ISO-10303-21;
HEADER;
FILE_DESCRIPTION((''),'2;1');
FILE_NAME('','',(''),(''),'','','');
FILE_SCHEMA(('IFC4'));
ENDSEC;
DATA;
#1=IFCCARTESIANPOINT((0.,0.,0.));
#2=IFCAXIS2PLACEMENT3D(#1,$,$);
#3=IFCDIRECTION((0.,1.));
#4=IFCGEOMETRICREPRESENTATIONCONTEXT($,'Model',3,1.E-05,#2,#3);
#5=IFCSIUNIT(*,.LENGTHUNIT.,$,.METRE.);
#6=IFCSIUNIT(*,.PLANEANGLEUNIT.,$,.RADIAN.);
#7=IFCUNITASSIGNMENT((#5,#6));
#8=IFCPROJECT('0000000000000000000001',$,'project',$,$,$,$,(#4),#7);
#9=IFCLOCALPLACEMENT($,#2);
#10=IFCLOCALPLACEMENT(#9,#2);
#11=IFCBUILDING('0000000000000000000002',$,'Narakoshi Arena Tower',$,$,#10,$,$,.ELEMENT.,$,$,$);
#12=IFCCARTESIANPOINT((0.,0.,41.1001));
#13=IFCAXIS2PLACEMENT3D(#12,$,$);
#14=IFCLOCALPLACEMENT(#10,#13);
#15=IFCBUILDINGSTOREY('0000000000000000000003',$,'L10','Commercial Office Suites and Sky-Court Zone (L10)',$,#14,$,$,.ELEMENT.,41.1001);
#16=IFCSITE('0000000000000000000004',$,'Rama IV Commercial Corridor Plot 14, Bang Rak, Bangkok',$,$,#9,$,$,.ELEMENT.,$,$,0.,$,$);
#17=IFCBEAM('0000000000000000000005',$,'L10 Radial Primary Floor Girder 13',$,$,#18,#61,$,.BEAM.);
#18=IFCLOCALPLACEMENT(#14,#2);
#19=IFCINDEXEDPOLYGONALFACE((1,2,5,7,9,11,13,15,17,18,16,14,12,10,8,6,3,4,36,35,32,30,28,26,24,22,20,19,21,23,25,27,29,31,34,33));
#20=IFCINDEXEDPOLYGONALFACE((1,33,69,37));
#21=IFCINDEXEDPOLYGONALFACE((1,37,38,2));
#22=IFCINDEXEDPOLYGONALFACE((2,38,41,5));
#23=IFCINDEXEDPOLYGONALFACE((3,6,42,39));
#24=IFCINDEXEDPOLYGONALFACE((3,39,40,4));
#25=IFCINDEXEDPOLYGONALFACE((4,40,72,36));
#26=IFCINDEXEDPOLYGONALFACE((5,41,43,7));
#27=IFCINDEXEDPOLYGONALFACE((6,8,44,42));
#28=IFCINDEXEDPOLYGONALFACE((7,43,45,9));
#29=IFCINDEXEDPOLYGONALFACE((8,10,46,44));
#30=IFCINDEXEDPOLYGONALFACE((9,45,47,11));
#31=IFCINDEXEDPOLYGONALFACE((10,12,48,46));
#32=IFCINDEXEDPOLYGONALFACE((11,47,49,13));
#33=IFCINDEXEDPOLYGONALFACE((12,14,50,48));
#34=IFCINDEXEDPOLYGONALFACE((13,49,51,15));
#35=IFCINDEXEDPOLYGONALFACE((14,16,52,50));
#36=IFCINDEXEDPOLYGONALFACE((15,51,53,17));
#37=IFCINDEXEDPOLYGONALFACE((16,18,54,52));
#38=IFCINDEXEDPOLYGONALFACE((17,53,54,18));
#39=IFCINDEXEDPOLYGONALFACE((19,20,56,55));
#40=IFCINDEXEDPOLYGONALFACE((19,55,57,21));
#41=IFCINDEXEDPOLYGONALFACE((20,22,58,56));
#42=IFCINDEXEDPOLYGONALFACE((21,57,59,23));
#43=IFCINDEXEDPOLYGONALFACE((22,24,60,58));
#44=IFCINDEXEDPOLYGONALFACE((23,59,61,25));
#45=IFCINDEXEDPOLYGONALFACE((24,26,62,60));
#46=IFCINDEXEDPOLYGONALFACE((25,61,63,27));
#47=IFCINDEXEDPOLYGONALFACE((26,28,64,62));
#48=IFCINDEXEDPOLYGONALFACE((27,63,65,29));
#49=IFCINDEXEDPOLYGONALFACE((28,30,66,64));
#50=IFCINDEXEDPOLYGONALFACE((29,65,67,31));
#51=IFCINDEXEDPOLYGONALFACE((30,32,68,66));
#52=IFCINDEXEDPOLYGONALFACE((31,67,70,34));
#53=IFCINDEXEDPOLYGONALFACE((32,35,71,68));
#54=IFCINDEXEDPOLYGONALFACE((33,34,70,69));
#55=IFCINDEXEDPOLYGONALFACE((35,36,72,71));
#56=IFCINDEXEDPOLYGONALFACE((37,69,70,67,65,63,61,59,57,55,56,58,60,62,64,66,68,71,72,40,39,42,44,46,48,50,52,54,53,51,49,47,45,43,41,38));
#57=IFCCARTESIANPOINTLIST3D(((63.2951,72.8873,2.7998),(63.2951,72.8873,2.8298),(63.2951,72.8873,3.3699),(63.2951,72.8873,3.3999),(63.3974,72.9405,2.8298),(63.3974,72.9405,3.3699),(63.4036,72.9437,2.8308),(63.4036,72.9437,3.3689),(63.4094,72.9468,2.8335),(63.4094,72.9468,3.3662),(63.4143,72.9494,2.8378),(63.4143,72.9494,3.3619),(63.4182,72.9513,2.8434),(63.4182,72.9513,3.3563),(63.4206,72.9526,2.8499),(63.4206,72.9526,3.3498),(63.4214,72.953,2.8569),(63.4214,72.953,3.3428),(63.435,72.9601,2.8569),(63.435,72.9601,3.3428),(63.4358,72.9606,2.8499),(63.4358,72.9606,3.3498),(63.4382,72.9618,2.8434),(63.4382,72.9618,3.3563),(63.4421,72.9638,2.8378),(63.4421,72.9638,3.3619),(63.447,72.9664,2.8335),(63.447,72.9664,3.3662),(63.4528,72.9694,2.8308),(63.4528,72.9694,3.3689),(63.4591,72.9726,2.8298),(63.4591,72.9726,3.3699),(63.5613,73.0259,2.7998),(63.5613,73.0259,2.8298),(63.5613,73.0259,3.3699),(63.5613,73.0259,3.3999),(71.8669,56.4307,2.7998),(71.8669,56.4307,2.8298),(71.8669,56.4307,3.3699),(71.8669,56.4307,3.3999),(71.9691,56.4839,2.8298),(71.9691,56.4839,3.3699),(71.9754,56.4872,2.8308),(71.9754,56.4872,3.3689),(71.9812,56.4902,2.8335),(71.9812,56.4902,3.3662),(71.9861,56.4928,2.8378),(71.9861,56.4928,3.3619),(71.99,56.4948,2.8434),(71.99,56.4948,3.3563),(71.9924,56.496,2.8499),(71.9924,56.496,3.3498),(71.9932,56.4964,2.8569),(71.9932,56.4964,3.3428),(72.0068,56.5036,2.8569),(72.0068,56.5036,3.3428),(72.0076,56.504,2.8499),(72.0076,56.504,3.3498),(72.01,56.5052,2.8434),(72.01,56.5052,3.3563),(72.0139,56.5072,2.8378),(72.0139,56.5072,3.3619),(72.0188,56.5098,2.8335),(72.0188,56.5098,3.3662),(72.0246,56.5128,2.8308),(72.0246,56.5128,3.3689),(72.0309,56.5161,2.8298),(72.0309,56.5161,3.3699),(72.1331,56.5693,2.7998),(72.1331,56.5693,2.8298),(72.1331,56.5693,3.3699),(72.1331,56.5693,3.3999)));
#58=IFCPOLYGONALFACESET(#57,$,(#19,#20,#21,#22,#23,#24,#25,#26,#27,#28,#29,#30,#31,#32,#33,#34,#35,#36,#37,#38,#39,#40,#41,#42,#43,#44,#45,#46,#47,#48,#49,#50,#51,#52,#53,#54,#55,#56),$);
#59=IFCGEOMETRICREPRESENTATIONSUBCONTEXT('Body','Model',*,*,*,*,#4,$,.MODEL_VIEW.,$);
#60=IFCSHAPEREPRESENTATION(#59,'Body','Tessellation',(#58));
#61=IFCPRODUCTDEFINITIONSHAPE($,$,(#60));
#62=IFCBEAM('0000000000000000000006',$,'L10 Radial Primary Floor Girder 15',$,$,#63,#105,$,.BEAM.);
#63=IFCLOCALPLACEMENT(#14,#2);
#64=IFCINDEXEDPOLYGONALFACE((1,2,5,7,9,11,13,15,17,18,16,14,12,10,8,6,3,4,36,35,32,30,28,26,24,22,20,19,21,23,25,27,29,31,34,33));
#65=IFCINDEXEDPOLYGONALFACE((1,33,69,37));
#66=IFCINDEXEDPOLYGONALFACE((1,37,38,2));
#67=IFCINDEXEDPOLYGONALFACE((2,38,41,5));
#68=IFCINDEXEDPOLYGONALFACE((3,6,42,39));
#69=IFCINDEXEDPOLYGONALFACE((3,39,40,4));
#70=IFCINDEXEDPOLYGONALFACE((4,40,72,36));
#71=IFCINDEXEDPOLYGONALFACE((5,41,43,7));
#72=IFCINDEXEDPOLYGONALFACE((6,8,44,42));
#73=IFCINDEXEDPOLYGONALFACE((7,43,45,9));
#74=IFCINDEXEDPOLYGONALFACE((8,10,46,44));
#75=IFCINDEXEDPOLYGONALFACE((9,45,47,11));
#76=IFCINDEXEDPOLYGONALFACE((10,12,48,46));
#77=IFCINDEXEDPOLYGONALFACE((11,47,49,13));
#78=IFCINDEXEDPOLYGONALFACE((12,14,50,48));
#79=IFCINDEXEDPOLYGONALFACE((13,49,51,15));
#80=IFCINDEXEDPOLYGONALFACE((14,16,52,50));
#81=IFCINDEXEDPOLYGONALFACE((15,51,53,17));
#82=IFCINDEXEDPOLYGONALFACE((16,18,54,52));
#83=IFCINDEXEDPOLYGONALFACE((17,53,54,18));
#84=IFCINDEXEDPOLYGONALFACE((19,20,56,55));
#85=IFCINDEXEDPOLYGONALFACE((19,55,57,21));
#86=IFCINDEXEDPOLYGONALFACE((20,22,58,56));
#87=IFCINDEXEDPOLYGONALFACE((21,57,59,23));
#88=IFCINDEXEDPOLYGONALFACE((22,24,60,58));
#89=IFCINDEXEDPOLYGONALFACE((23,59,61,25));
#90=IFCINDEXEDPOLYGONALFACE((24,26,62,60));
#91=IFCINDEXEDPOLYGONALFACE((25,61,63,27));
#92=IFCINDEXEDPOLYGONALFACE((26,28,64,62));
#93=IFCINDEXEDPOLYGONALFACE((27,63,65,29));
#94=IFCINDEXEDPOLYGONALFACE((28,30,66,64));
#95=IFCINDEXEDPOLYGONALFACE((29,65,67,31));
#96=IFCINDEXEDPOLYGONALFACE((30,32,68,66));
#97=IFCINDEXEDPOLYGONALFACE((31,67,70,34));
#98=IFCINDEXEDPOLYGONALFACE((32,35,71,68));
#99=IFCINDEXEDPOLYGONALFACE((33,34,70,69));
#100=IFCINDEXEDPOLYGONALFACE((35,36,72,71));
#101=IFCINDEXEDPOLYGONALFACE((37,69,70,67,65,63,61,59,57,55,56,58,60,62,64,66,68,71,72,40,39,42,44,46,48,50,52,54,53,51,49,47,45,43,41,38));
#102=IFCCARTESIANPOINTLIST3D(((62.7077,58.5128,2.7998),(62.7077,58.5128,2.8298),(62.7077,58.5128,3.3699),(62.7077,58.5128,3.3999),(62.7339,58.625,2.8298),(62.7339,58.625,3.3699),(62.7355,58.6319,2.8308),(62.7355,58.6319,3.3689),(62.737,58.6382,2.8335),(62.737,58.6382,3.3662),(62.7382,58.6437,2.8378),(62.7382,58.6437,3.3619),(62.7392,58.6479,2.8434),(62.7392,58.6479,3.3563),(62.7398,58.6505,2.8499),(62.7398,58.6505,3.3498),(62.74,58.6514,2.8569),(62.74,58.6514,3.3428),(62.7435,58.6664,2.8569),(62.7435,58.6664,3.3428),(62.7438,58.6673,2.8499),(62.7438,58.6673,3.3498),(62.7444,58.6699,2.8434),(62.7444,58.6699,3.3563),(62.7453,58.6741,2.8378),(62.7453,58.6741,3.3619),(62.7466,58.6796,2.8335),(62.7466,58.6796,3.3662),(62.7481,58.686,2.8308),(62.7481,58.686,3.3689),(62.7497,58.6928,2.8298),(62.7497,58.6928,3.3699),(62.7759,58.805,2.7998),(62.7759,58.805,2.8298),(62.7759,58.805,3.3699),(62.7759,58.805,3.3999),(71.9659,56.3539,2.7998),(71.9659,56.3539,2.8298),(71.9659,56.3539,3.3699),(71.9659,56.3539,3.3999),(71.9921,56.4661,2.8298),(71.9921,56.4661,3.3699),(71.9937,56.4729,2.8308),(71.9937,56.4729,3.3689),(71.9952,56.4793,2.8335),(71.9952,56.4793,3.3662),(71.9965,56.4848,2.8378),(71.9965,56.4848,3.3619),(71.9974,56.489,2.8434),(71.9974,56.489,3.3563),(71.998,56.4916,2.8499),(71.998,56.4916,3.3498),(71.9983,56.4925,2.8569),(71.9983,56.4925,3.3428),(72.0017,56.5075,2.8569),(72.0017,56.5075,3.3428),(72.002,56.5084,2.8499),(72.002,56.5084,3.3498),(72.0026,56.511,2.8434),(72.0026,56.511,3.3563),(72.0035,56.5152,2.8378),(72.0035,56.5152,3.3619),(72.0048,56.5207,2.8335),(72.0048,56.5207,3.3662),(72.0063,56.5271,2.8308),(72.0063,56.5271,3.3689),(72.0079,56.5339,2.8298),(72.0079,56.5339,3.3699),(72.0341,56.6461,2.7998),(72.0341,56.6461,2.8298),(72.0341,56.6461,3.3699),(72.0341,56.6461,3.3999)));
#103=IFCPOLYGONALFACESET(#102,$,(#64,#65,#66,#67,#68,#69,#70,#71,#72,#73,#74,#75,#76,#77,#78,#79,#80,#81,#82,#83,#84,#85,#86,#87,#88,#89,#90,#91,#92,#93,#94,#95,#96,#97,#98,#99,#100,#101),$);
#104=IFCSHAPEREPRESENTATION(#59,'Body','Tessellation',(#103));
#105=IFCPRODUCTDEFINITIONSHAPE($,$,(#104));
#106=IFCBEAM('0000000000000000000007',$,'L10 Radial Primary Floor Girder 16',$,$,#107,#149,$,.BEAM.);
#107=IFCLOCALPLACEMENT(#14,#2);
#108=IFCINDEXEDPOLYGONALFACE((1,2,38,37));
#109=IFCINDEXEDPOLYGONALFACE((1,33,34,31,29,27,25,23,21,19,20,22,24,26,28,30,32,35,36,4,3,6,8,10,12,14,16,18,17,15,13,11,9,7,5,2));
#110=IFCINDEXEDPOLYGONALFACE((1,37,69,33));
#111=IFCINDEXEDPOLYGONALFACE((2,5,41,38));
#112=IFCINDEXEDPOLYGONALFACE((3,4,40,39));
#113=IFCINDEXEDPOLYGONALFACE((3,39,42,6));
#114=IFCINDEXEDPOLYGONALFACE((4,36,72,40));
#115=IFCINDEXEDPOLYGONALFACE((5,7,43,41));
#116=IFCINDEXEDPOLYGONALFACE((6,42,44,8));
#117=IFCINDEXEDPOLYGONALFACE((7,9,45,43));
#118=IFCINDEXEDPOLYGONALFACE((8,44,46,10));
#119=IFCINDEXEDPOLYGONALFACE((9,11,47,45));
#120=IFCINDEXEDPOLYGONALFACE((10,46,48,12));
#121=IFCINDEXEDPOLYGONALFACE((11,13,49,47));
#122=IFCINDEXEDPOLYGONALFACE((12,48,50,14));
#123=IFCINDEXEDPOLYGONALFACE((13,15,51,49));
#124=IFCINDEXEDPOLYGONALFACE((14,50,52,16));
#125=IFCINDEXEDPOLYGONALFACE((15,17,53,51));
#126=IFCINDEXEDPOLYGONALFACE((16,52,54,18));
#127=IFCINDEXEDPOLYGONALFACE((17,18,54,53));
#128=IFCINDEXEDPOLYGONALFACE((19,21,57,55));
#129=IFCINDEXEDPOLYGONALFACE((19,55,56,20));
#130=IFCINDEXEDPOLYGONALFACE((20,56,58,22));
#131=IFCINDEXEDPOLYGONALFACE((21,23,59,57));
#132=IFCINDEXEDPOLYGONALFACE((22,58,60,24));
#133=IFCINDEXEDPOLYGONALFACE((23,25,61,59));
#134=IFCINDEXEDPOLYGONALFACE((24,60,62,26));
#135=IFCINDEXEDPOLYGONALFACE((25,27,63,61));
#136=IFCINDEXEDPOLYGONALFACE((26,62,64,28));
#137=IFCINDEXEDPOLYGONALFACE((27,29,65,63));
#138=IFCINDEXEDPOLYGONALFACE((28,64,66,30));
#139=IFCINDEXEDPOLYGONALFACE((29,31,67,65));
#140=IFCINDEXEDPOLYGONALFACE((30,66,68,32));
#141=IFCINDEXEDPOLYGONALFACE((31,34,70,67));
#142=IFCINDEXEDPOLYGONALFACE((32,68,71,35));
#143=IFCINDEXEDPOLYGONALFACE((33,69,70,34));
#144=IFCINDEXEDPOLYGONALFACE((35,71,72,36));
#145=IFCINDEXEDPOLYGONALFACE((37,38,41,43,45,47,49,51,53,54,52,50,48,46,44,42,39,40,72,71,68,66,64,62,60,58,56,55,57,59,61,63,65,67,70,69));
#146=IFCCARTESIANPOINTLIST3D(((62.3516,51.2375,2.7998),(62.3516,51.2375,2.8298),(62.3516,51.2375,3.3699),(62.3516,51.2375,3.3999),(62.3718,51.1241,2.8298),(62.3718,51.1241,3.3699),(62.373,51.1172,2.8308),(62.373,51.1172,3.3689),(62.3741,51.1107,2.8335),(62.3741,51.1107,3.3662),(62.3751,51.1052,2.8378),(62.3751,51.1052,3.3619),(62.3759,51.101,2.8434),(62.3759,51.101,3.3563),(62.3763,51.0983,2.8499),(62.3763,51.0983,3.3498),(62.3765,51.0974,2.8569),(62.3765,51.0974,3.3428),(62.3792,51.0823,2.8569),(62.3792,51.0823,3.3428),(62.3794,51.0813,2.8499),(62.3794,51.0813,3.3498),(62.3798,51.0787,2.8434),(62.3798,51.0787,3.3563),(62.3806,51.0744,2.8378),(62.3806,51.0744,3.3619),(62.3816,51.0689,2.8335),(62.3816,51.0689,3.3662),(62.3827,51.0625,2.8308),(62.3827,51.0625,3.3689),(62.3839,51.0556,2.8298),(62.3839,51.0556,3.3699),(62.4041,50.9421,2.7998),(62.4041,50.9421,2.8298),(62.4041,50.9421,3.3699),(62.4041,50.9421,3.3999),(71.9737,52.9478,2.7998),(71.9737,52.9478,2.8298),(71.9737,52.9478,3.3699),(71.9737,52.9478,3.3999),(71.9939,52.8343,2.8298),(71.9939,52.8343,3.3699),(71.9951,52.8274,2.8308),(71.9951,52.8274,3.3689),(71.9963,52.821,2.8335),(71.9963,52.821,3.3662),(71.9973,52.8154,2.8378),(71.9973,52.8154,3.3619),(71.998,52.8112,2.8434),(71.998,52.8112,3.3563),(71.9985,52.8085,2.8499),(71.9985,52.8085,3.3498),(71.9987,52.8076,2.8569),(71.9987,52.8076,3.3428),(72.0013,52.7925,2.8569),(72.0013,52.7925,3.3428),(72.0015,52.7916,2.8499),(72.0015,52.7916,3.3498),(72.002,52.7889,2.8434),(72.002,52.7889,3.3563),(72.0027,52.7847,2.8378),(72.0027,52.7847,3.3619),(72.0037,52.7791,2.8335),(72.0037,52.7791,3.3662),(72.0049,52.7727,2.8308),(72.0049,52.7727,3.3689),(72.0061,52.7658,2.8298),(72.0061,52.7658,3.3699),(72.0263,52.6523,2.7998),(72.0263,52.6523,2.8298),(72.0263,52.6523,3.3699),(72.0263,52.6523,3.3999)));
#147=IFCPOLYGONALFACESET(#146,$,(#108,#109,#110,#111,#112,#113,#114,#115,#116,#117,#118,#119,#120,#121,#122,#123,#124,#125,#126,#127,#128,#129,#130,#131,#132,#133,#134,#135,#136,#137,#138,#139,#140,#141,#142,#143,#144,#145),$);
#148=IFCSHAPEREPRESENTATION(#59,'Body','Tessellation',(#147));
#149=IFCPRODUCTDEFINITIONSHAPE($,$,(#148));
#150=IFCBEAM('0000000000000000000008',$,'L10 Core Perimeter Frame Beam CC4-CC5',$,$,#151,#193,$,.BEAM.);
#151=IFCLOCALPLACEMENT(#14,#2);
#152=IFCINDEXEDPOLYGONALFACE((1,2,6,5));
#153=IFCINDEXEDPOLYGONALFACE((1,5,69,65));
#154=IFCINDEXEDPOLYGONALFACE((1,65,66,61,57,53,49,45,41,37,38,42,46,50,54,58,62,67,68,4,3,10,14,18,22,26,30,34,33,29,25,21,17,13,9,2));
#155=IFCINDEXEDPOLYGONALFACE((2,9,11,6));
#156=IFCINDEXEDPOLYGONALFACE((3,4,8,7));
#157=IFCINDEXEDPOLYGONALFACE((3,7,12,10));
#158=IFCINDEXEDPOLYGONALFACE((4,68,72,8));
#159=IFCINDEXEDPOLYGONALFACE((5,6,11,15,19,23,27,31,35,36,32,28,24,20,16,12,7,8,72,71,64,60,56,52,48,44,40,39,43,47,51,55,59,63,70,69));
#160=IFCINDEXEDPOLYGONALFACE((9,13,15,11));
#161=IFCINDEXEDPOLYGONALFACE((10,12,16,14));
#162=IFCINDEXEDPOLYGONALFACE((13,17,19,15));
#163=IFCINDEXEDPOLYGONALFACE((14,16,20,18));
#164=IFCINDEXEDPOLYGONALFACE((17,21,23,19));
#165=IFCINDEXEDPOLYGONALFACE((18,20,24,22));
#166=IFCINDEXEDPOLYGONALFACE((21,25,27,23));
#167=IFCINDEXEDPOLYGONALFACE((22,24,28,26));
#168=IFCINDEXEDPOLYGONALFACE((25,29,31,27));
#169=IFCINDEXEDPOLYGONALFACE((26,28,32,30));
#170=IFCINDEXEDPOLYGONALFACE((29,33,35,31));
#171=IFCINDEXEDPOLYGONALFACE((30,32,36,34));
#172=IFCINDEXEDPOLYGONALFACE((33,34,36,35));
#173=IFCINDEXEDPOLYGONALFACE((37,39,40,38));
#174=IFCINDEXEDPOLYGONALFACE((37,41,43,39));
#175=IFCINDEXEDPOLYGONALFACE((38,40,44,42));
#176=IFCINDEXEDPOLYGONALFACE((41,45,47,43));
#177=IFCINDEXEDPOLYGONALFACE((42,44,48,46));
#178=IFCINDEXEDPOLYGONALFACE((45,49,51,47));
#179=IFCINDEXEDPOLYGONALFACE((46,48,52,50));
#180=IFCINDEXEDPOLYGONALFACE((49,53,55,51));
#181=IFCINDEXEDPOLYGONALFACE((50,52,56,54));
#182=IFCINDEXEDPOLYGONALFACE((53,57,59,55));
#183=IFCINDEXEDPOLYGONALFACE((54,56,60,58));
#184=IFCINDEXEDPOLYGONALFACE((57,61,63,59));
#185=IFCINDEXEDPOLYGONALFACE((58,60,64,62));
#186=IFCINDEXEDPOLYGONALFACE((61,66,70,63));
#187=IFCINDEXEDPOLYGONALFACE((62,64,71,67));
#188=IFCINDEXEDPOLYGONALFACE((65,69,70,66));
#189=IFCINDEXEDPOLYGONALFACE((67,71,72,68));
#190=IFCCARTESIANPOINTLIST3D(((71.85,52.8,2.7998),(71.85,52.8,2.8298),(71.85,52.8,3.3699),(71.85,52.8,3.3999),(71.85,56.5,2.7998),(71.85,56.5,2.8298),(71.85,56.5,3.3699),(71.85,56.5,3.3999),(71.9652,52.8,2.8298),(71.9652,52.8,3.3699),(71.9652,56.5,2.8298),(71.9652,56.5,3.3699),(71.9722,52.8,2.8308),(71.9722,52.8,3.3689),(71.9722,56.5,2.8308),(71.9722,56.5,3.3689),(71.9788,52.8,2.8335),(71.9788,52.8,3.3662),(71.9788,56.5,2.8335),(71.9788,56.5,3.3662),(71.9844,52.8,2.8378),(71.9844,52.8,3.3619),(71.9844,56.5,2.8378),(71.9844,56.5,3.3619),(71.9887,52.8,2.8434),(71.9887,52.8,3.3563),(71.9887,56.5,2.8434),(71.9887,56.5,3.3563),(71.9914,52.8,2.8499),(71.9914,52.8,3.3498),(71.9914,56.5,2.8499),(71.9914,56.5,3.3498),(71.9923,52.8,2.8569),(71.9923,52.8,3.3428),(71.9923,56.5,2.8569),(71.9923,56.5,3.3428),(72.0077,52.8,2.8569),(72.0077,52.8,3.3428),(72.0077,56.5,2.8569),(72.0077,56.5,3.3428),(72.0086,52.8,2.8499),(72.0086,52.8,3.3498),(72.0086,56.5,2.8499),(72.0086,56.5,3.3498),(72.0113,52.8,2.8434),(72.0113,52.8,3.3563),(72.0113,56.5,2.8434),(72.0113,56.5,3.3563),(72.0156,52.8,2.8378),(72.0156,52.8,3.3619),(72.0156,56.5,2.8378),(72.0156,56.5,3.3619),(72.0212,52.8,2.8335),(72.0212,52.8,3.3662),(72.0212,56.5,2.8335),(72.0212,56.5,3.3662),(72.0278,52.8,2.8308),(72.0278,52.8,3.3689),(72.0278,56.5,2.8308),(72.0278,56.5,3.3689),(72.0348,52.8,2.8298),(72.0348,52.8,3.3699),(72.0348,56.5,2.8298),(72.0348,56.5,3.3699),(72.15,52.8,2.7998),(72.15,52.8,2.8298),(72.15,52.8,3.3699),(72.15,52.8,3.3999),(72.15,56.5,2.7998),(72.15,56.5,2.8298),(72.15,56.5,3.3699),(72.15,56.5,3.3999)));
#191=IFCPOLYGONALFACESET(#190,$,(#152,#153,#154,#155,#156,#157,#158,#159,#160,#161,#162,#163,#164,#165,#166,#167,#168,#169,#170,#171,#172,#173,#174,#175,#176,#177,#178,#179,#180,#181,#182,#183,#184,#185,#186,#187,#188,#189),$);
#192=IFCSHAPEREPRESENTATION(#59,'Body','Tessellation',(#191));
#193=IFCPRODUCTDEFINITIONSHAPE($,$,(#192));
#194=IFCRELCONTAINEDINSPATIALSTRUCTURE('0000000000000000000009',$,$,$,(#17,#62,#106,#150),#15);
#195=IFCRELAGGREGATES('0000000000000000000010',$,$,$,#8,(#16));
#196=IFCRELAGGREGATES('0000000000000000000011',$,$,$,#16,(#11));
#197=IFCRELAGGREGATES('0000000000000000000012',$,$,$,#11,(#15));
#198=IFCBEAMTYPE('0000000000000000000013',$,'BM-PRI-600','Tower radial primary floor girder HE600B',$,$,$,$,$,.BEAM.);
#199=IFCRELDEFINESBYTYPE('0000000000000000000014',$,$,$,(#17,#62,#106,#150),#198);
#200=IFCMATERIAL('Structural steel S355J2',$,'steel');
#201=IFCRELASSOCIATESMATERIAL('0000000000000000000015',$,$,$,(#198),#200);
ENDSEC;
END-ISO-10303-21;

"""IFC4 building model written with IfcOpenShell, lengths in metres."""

from ifc_helpers import new_model, si_unit, direction, frame, origin, origin_2d, place, context, subcontext, project, spatial, i_section, extrude, material, material_profile, profile_set, type_object, element, save


model = new_model("IFC4")

# Units and contexts
model_context = context("Model", 3, precision=1e-05, world=origin(), true_north=direction((0.0, 1.0)))
body_context = subcontext(model_context, "Body", "Model", "MODEL_VIEW")
ifc_project = project(units=[si_unit("LENGTHUNIT", "METRE"), si_unit("PLANEANGLEUNIT", "RADIAN")], contexts=[model_context])

# Site, building, storey
site_placement = place(None, origin())
site = spatial("IfcSite", under=ifc_project, at=site_placement, Name="Rama IV Commercial Corridor Plot 14, Bang Rak, Bangkok", CompositionType="ELEMENT", RefElevation=0.0)
building_placement = place(site_placement, origin())
building = spatial("IfcBuilding", under=site, at=building_placement, Name="Narakoshi Arena Tower", CompositionType="ELEMENT")
storey_placement = place(building_placement, frame((0.0, 0.0, 41.1001)))
storey = spatial("IfcBuildingStorey", under=building, at=storey_placement, Name="L10", Description="Commercial Office Suites and Sky-Court Zone (L10)", CompositionType="ELEMENT", Elevation=41.1001)

# Beams
ifc_material_1 = material(Name="Structural steel S355J2", Category="steel")
ifc_material_profile_1 = material_profile(ifc_material_1, i_section(OverallWidth=0.3, OverallDepth=0.6001, WebThickness=0.0154, FlangeThickness=0.03, FilletRadius=0.0271, at=origin_2d()), Name="HE600B")
ifc_profile_set_1 = profile_set([ifc_material_profile_1], Name="Structural steel S355J2")
beam_type_1 = type_object("IfcBeamType", Name="BM-PRI-600", Description="Tower radial primary floor girder HE600B", PredefinedType="BEAM", material=ifc_profile_set_1)
beam_1_placement = place(storey_placement, frame((72.0, 56.5, 3.0999), z_axis=(-0.461962, 0.886899, 0.0), x_axis=(-0.886899, -0.461962, 0.0)))
element("IfcBeam", 1, at=beam_1_placement, inside=storey, type_object=beam_type_1, Name="L10 Radial Primary Floor Girder 13", PredefinedType="BEAM", context=body_context, shape_type="SweptSolid", body=[
    extrude(i_section(OverallWidth=0.3, OverallDepth=0.6001, WebThickness=0.0154, FlangeThickness=0.03, FilletRadius=0.0271, at=origin_2d()), origin(), (0.0, 0.0, 1.0), 18.5552),
])
beam_2_placement = place(storey_placement, frame((72.0, 56.5, 3.0999), z_axis=(-0.973872, 0.227096, 0.0), x_axis=(-0.227096, -0.973872, 0.0)))
element("IfcBeam", 2, at=beam_2_placement, inside=storey, type_object=beam_type_1, Name="L10 Radial Primary Floor Girder 15", PredefinedType="BEAM", context=body_context, shape_type="SweptSolid", body=[
    extrude(i_section(OverallWidth=0.3, OverallDepth=0.6001, WebThickness=0.0154, FlangeThickness=0.03, FilletRadius=0.0271, at=origin_2d()), origin(), (0.0, 0.0, 1.0), 9.5066),
])
beam_3_placement = place(storey_placement, frame((72.0, 52.8, 3.0999), z_axis=(-0.984569, -0.174995, 0.0), x_axis=(0.174995, -0.984569, 0.0)))
element("IfcBeam", 3, at=beam_3_placement, inside=storey, type_object=beam_type_1, Name="L10 Radial Primary Floor Girder 16", PredefinedType="BEAM", context=body_context, shape_type="SweptSolid", body=[
    extrude(i_section(OverallWidth=0.3, OverallDepth=0.6001, WebThickness=0.0154, FlangeThickness=0.03, FilletRadius=0.0271, at=origin_2d()), origin(), (0.0, 0.0, 1.0), 9.7729),
])
beam_4_placement = place(storey_placement, frame((72.0, 52.8, 3.0999), z_axis=(0.0, 1.0, 0.0), x_axis=(-1.0, 0.0, 0.0)))
element("IfcBeam", 4, at=beam_4_placement, inside=storey, type_object=beam_type_1, Name="L10 Core Perimeter Frame Beam CC4-CC5", PredefinedType="BEAM", context=body_context, shape_type="SweptSolid", body=[
    extrude(i_section(OverallWidth=0.3, OverallDepth=0.6001, WebThickness=0.0154, FlangeThickness=0.03, FilletRadius=0.0271, at=origin_2d()), origin(), (0.0, 0.0, 1.0), 3.7),
])

save(model, "model.ifc")
